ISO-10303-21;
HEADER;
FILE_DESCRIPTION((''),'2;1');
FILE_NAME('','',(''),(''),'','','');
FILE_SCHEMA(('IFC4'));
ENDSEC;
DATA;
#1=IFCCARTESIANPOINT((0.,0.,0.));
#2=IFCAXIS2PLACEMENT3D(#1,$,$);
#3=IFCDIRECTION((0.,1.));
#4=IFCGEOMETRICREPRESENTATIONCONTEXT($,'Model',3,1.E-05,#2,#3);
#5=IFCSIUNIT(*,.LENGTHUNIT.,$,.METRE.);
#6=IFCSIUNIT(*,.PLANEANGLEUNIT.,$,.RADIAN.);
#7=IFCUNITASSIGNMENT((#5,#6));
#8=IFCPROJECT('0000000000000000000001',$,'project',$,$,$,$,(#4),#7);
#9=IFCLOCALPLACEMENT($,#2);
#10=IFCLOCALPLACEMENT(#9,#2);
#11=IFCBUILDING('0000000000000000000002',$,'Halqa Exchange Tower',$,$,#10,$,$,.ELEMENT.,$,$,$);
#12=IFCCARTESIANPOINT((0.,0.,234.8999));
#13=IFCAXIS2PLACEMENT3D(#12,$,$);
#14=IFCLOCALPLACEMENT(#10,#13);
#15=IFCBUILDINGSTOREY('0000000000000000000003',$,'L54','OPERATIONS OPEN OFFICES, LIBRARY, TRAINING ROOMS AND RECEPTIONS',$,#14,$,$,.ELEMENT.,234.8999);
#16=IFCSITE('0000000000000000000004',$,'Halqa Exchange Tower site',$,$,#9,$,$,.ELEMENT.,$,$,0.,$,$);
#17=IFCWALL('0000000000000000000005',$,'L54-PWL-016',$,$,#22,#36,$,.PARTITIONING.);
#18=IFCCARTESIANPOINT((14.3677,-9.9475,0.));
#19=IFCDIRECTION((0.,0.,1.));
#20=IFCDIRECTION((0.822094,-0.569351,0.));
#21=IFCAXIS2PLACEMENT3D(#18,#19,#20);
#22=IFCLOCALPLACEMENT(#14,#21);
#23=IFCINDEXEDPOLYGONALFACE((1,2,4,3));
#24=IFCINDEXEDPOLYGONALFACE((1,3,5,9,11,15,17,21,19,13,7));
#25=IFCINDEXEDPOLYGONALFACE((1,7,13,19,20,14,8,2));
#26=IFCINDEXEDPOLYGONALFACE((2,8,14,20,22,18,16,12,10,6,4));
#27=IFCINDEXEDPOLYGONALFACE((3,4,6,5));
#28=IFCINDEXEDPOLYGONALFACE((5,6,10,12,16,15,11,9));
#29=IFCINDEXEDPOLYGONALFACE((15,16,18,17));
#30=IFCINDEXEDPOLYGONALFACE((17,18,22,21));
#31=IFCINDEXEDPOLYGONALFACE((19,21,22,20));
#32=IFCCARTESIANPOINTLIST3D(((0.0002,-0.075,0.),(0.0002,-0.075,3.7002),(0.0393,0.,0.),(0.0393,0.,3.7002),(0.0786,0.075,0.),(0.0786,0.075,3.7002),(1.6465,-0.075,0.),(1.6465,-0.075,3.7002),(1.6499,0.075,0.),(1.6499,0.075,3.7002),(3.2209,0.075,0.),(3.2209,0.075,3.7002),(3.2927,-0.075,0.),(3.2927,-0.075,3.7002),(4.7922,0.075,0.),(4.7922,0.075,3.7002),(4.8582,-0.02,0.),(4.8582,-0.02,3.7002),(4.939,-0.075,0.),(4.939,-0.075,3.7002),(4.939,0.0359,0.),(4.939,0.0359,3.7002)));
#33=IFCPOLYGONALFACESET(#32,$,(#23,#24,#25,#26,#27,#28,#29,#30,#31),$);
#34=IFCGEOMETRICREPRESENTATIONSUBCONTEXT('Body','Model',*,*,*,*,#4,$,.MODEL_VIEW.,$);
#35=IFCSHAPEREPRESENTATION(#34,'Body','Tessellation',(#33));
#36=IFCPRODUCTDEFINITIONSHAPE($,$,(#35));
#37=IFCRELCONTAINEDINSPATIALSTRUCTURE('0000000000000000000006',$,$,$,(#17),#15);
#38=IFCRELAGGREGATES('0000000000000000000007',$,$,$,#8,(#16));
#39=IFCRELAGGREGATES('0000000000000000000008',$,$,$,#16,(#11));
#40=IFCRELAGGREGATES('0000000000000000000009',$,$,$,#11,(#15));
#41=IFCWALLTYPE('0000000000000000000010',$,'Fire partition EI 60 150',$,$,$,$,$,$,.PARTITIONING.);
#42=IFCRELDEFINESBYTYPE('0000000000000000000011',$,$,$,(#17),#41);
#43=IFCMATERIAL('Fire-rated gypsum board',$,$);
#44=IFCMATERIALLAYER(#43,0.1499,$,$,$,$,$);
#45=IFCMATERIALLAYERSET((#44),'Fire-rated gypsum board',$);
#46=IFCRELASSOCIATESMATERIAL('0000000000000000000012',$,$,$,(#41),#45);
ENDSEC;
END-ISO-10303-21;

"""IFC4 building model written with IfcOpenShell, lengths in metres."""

from ifc_helpers import new_model, si_unit, direction, frame, origin, place, context, subcontext, project, spatial, polyline, outline, extrude, material, layer, layer_set, type_object, element, save


model = new_model("IFC4")

# Units and contexts
model_context = context("Model", 3, precision=1e-05, world=origin(), true_north=direction((0.0, 1.0)))
body_context = subcontext(model_context, "Body", "Model", "MODEL_VIEW")
ifc_project = project(units=[si_unit("LENGTHUNIT", "METRE"), si_unit("PLANEANGLEUNIT", "RADIAN")], contexts=[model_context])

# Site, building, storey
site_placement = place(None, origin())
site = spatial("IfcSite", under=ifc_project, at=site_placement, Name="Halqa Exchange Tower site", CompositionType="ELEMENT", RefElevation=0.0)
building_placement = place(site_placement, origin())
building = spatial("IfcBuilding", under=site, at=building_placement, Name="Halqa Exchange Tower", CompositionType="ELEMENT")
storey_placement = place(building_placement, frame((0.0, 0.0, 234.8999)))
storey = spatial("IfcBuildingStorey", under=building, at=storey_placement, Name="L54", Description="OPERATIONS OPEN OFFICES, LIBRARY, TRAINING ROOMS AND RECEPTIONS", CompositionType="ELEMENT", Elevation=234.8999)

# Wall
ifc_material_1 = material(Name="Fire-rated gypsum board")
ifc_layer_1 = layer(ifc_material_1, 0.1499)
ifc_layer_set_1 = layer_set([ifc_layer_1], Name="Fire-rated gypsum board")
wall_type_1 = type_object("IfcWallType", Name="Fire partition EI 60 150", PredefinedType="PARTITIONING", material=ifc_layer_set_1)
wall_1_placement = place(storey_placement, frame((14.3677, -9.9475, 0.0), z_axis=(0.0, 0.0, 1.0), x_axis=(0.822094, -0.569351, 0.0)))
element("IfcWall", 1, at=wall_1_placement, inside=storey, type_object=wall_type_1, Name="L54-PWL-016", PredefinedType="PARTITIONING", context=body_context, shape_type="SweptSolid", body=[
    extrude(outline(polyline([(4.939, -0.075), (4.939, 0.0359), (4.8582, -0.02), (4.7922, 0.075), (3.2209, 0.075), (1.6499, 0.075), (0.0786, 0.075), (0.0393, 0.0), (0.0002, -0.075), (1.6465, -0.075), (3.2927, -0.075), (4.939, -0.075)])), origin(), (0.0, 0.0, 1.0), 3.7002),
])

save(model, "model.ifc")
